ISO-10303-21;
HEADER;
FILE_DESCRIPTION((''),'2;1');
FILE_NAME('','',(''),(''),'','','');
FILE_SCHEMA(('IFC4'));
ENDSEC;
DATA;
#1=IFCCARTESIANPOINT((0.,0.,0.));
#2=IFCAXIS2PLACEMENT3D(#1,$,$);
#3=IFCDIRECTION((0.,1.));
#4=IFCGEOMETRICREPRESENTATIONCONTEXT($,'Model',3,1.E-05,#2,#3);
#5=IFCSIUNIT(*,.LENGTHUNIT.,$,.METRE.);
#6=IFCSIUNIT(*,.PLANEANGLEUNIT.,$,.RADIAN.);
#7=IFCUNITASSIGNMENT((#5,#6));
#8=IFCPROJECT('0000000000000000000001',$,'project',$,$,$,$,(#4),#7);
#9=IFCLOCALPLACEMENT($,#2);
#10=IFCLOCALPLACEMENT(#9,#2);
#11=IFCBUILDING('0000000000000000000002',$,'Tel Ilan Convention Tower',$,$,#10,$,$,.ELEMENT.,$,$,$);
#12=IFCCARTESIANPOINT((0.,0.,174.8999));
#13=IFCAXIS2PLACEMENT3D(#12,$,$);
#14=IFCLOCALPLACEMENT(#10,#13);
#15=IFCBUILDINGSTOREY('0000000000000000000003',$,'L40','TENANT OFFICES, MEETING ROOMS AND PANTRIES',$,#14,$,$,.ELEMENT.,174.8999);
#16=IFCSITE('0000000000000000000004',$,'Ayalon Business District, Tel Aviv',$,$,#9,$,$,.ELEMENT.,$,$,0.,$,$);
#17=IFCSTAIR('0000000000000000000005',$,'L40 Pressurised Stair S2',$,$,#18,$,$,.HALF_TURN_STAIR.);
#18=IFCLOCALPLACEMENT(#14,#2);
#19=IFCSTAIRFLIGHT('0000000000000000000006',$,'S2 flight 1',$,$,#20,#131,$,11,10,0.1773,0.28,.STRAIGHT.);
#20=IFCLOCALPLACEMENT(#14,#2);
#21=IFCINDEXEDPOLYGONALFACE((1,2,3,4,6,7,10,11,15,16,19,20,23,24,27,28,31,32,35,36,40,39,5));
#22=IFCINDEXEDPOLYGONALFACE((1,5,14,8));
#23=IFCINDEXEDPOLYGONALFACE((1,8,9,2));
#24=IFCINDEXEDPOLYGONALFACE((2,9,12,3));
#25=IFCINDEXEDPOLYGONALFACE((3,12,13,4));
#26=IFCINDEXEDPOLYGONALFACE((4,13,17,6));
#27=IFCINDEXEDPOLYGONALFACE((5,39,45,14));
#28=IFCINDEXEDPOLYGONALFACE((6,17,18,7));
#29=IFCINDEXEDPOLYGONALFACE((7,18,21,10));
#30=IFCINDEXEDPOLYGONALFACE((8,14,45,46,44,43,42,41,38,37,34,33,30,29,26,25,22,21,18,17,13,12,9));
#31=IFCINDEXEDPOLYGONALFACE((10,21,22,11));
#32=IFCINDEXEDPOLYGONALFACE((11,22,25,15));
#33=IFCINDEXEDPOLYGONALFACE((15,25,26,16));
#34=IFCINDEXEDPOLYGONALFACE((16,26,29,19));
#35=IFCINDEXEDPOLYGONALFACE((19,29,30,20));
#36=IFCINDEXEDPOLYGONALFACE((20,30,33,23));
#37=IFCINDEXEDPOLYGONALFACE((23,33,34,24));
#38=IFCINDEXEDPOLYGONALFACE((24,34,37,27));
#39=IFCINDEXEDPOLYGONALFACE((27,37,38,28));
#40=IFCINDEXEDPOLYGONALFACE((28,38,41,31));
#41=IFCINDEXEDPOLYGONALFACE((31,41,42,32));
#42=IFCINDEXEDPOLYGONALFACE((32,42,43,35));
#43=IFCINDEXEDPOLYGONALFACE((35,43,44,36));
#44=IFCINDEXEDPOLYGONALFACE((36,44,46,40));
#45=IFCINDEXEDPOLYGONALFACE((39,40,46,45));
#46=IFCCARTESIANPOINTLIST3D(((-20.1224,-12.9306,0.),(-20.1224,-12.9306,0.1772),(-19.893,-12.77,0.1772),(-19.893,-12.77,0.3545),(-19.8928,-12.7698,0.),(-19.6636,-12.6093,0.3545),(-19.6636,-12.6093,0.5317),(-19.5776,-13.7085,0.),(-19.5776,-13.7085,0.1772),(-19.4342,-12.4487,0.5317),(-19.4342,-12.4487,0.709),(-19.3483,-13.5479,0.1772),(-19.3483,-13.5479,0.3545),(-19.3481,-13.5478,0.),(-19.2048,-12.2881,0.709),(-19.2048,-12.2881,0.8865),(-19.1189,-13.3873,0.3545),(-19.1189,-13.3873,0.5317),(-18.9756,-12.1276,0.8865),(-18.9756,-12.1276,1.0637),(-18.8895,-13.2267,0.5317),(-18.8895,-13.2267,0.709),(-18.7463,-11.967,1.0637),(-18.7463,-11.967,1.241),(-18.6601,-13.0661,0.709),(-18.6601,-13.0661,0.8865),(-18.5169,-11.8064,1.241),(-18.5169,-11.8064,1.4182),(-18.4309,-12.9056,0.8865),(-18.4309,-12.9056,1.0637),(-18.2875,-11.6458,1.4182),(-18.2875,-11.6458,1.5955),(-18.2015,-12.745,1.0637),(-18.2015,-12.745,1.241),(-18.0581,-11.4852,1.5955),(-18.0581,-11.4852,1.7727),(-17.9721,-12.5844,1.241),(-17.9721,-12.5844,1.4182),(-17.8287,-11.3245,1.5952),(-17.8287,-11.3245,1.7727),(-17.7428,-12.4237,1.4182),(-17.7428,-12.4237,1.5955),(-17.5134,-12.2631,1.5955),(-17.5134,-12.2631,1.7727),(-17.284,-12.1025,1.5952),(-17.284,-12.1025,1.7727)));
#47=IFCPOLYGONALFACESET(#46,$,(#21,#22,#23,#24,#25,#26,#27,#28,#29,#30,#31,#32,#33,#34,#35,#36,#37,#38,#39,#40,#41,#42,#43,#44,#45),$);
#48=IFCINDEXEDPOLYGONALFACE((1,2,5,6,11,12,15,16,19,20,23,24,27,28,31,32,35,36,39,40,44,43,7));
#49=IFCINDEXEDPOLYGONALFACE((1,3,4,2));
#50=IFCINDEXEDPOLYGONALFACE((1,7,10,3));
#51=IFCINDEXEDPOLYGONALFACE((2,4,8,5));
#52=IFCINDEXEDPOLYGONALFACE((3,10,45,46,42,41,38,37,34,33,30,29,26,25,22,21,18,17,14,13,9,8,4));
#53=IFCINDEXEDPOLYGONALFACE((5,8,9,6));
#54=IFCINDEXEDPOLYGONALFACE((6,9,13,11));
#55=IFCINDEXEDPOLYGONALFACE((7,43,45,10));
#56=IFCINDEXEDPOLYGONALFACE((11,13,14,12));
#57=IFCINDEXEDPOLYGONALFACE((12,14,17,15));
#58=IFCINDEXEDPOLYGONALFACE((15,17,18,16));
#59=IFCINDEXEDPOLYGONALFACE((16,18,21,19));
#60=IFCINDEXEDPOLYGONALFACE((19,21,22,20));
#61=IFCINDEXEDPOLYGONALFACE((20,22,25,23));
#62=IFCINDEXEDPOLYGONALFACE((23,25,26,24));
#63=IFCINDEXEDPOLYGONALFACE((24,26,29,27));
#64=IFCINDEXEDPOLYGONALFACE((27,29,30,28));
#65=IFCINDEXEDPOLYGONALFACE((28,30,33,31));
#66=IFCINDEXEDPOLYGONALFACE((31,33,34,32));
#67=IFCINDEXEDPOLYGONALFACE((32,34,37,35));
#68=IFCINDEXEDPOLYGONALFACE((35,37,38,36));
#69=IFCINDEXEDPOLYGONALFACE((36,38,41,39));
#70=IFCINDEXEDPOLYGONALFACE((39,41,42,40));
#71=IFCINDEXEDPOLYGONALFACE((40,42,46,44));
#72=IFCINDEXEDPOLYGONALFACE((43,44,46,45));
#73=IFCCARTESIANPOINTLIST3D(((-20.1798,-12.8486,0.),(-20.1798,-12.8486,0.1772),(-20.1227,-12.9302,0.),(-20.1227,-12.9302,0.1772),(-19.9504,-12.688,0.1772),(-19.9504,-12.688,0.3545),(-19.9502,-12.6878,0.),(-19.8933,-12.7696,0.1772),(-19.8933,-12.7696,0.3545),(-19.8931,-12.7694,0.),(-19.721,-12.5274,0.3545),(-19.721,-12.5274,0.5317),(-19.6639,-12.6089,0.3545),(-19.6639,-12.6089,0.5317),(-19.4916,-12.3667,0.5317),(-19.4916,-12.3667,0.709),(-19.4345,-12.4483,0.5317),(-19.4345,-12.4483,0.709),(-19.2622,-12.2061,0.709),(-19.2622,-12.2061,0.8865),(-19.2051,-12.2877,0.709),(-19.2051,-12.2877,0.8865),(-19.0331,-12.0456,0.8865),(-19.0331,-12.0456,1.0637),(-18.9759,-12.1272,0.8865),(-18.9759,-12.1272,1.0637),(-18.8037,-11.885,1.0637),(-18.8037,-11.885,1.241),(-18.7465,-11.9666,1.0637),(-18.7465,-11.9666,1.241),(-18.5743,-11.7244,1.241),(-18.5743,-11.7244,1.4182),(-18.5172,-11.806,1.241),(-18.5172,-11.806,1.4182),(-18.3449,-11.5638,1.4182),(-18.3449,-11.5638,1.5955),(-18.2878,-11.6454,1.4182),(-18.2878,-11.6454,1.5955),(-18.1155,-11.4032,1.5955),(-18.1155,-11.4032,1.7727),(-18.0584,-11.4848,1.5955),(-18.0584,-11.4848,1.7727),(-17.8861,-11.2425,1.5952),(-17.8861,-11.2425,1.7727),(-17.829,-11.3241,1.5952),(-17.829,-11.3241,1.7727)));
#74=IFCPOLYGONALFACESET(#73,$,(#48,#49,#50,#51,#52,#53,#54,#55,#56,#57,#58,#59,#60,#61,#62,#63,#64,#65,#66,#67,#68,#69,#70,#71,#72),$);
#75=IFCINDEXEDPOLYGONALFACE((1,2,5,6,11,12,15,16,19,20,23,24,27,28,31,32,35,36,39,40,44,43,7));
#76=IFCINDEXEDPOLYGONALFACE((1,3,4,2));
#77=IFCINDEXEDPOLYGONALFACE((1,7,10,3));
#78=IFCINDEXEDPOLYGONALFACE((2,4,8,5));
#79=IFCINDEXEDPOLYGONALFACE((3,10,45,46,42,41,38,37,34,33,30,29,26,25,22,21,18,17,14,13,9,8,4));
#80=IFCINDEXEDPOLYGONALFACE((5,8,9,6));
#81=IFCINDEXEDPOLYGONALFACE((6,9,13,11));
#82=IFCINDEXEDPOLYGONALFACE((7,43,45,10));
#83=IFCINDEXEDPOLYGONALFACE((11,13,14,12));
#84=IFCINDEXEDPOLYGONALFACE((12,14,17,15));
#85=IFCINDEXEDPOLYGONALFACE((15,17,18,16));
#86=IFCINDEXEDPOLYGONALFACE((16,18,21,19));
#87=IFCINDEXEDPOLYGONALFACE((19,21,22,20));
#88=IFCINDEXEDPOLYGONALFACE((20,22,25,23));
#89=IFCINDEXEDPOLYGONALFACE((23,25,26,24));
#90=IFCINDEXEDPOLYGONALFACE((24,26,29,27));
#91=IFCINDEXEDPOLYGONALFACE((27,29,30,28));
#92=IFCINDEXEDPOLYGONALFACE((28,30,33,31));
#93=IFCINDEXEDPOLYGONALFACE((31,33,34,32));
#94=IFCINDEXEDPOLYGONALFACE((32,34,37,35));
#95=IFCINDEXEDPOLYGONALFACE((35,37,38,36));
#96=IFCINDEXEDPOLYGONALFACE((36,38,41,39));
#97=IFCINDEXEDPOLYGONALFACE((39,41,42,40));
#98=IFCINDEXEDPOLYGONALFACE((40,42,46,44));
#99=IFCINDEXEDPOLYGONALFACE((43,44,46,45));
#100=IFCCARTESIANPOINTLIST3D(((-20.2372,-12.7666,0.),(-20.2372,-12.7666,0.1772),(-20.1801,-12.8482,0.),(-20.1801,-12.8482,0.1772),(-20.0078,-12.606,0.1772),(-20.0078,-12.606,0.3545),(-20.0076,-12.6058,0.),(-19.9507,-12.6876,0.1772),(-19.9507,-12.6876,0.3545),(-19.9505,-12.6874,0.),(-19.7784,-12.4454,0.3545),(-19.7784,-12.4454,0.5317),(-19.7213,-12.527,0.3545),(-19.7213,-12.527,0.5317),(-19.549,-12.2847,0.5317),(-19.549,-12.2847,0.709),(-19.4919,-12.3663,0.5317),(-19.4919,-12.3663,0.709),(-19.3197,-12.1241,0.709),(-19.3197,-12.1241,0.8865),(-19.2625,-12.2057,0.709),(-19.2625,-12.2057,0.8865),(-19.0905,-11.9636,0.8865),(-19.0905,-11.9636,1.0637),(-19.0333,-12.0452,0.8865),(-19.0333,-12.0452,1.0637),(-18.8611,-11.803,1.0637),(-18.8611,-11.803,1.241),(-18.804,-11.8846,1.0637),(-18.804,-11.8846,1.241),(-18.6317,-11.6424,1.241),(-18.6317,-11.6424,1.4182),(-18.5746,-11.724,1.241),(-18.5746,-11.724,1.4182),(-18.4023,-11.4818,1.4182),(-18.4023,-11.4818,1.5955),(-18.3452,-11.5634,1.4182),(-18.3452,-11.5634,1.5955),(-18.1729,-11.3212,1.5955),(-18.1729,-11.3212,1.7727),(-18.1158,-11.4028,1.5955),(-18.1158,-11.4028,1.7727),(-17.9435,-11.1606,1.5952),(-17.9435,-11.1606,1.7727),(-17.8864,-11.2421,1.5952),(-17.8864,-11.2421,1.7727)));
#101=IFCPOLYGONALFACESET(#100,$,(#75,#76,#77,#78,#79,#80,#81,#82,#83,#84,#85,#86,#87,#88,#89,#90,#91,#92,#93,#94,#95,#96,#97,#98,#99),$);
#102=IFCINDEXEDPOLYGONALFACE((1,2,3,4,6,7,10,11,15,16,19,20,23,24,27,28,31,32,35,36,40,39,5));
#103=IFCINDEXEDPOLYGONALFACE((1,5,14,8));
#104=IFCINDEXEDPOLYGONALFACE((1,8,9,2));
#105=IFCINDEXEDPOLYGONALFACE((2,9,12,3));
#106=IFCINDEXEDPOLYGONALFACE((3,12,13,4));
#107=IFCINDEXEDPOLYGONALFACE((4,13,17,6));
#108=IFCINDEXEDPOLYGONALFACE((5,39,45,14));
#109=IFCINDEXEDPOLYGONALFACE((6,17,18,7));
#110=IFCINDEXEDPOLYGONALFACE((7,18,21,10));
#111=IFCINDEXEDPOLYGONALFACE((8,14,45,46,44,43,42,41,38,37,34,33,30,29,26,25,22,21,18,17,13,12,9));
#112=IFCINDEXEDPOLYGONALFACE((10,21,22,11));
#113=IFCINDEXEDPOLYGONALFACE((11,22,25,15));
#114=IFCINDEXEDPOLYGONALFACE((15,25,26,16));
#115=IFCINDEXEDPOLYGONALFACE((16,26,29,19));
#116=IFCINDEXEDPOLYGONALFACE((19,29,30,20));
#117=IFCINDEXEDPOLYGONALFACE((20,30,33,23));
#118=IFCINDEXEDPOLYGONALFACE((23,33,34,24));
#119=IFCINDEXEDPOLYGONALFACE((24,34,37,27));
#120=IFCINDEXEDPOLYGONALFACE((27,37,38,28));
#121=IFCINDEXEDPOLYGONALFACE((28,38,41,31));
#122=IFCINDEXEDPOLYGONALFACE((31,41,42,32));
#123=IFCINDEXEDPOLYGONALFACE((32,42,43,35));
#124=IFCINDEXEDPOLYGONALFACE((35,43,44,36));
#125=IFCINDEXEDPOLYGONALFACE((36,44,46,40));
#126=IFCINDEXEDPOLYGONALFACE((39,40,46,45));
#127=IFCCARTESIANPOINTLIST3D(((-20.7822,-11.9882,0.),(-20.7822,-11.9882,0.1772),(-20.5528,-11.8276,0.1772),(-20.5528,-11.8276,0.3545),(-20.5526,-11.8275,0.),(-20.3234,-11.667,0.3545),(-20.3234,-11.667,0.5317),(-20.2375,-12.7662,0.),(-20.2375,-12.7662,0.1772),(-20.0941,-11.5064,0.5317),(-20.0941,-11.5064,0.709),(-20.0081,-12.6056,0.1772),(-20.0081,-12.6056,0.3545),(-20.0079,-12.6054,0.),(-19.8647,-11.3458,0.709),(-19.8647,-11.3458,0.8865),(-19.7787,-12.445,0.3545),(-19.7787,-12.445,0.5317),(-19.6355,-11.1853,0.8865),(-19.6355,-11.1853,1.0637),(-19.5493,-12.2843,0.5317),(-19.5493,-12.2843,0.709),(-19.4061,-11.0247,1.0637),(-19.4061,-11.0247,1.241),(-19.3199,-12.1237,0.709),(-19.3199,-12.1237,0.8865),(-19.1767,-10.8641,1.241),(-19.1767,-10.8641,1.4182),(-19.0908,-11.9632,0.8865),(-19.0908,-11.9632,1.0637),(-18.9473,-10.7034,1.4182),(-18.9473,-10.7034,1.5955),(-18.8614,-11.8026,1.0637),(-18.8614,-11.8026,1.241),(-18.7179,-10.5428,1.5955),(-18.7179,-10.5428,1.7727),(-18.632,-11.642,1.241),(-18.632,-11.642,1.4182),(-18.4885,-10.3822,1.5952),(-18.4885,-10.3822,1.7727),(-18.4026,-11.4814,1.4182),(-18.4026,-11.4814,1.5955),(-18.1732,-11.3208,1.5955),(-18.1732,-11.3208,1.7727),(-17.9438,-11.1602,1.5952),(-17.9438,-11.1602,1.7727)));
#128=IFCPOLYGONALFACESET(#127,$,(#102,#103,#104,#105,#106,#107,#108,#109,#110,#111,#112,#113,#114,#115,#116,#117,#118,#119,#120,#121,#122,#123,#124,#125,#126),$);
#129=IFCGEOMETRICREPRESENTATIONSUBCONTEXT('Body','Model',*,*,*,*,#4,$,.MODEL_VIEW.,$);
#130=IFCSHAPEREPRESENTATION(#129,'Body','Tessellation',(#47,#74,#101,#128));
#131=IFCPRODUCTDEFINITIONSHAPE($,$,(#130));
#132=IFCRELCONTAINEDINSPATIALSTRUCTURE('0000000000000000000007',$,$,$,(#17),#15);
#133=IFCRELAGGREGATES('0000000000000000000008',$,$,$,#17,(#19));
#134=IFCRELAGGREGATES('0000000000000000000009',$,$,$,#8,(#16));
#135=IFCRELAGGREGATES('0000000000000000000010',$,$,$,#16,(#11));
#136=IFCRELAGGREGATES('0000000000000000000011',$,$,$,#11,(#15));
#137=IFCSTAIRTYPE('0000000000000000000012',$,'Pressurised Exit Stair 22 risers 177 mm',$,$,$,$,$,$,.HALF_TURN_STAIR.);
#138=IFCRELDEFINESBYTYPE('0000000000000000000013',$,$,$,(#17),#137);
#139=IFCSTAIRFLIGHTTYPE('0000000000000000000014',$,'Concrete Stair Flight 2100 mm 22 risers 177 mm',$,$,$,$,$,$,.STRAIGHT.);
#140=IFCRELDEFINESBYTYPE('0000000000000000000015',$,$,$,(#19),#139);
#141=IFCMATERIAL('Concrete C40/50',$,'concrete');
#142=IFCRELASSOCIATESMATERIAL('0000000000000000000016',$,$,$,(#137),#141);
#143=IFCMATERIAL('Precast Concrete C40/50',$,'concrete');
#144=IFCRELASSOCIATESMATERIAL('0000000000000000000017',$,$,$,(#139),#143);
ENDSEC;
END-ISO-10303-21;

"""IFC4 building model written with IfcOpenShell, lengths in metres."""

from ifc_helpers import new_model, si_unit, direction, frame, origin, place, context, subcontext, project, spatial, polyline, outline, extrude, material, type_object, element, aggregate, save


model = new_model("IFC4")

# Units and contexts
model_context = context("Model", 3, precision=1e-05, world=origin(), true_north=direction((0.0, 1.0)))
body_context = subcontext(model_context, "Body", "Model", "MODEL_VIEW")
ifc_project = project(units=[si_unit("LENGTHUNIT", "METRE"), si_unit("PLANEANGLEUNIT", "RADIAN")], contexts=[model_context])

# Site, building, storey
site_placement = place(None, origin())
site = spatial("IfcSite", under=ifc_project, at=site_placement, Name="Ayalon Business District, Tel Aviv", CompositionType="ELEMENT", RefElevation=0.0)
building_placement = place(site_placement, origin())
building = spatial("IfcBuilding", under=site, at=building_placement, Name="Tel Ilan Convention Tower", CompositionType="ELEMENT")
storey_placement = place(building_placement, frame((0.0, 0.0, 174.8999)))
storey = spatial("IfcBuildingStorey", under=building, at=storey_placement, Name="L40", Description="TENANT OFFICES, MEETING ROOMS AND PANTRIES", CompositionType="ELEMENT", Elevation=174.8999)

# Stair, stair flight
ifc_material_1 = material(Name="Concrete C40/50", Category="concrete")
stair_type = type_object("IfcStairType", Name="Pressurised Exit Stair 22 risers 177 mm", PredefinedType="HALF_TURN_STAIR", material=ifc_material_1)
ifc_material_2 = material(Name="Precast Concrete C40/50", Category="concrete")
stair_flight_type = type_object("IfcStairFlightType", Name="Concrete Stair Flight 2100 mm 22 risers 177 mm", PredefinedType="STRAIGHT", material=ifc_material_2)
stair_1_placement = place(storey_placement, origin())
stair_1 = element("IfcStair", 1, at=stair_1_placement, inside=storey, type_object=stair_type, Name="L40 Pressurised Stair S2", PredefinedType="HALF_TURN_STAIR")
stair_flight_1_placement = place(storey_placement, frame((-20.1799, -12.8484, 0.0), z_axis=(0.0, 0.0, 1.0), x_axis=(0.819152, 0.573576, 0.0)))
stair_flight_1 = element("IfcStairFlight", 2, at=stair_flight_1_placement, type_object=stair_flight_type, Name="S2 flight 1", NumberOfRisers=11, NumberOfTreads=10, PredefinedType="STRAIGHT", RiserHeight=0.1773, TreadLength=0.28, context=body_context, shape_type="SweptSolid", body=[
    extrude(outline(polyline([(0.0, 0.0), (0.0, 0.1772), (0.28, 0.1772), (0.28, 0.3545), (0.5601, 0.3545), (0.5601, 0.5317), (0.8401, 0.5317), (0.8401, 0.709), (1.1201, 0.709), (1.1201, 0.8865), (1.3999, 0.8865), (1.3999, 1.0637), (1.6799, 1.0637), (1.6799, 1.241), (1.96, 1.241), (1.96, 1.4182), (2.24, 1.4182), (2.24, 1.5955), (2.52, 1.5955), (2.52, 1.7727), (2.8, 1.7727), (2.8, 1.95), (2.8, 1.5952), (0.2803, 0.0), (0.0, 0.0)])), frame((0.0, -0.1003, 0.0), z_axis=(0.0, -1.0, 0.0), x_axis=(1.0, 0.0, 0.0)), (0.0, 0.0, 1.0), 0.9497),
    extrude(outline(polyline([(0.0, 0.0), (0.0, 0.1772), (0.28, 0.1772), (0.28, 0.3545), (0.5601, 0.3545), (0.5601, 0.5317), (0.8401, 0.5317), (0.8401, 0.709), (1.1201, 0.709), (1.1201, 0.8865), (1.3999, 0.8865), (1.3999, 1.0637), (1.6799, 1.0637), (1.6799, 1.241), (1.96, 1.241), (1.96, 1.4182), (2.24, 1.4182), (2.24, 1.5955), (2.52, 1.5955), (2.52, 1.7727), (2.8, 1.7727), (2.8, 1.95), (2.8, 1.5952), (0.2803, 0.0), (0.0, 0.0)])), frame((0.0, -0.0002, 0.0), z_axis=(0.0, -1.0, 0.0), x_axis=(1.0, 0.0, 0.0)), (0.0, 0.0, 1.0), 0.0996),
    extrude(outline(polyline([(0.0, 0.0), (0.0, 0.1772), (0.28, 0.1772), (0.28, 0.3545), (0.5601, 0.3545), (0.5601, 0.5317), (0.8401, 0.5317), (0.8401, 0.709), (1.1201, 0.709), (1.1201, 0.8865), (1.3999, 0.8865), (1.3999, 1.0637), (1.6799, 1.0637), (1.6799, 1.241), (1.96, 1.241), (1.96, 1.4182), (2.24, 1.4182), (2.24, 1.5955), (2.52, 1.5955), (2.52, 1.7727), (2.8, 1.7727), (2.8, 1.95), (2.8, 1.5952), (0.2803, 0.0), (0.0, 0.0)])), frame((0.0, 0.0999, 0.0), z_axis=(0.0, -1.0, 0.0), x_axis=(1.0, 0.0, 0.0)), (0.0, 0.0, 1.0), 0.0996),
    extrude(outline(polyline([(0.0, 0.0), (0.0, 0.1772), (0.28, 0.1772), (0.28, 0.3545), (0.5601, 0.3545), (0.5601, 0.5317), (0.8401, 0.5317), (0.8401, 0.709), (1.1201, 0.709), (1.1201, 0.8865), (1.3999, 0.8865), (1.3999, 1.0637), (1.6799, 1.0637), (1.6799, 1.241), (1.96, 1.241), (1.96, 1.4182), (2.24, 1.4182), (2.24, 1.5955), (2.52, 1.5955), (2.52, 1.7727), (2.8, 1.7727), (2.8, 1.95), (2.8, 1.5952), (0.2803, 0.0), (0.0, 0.0)])), frame((0.0, 1.05, 0.0), z_axis=(0.0, -1.0, 0.0), x_axis=(1.0, 0.0, 0.0)), (0.0, 0.0, 1.0), 0.9497),
])
aggregate(stair_1, [stair_flight_1])

save(model, "model.ifc")
